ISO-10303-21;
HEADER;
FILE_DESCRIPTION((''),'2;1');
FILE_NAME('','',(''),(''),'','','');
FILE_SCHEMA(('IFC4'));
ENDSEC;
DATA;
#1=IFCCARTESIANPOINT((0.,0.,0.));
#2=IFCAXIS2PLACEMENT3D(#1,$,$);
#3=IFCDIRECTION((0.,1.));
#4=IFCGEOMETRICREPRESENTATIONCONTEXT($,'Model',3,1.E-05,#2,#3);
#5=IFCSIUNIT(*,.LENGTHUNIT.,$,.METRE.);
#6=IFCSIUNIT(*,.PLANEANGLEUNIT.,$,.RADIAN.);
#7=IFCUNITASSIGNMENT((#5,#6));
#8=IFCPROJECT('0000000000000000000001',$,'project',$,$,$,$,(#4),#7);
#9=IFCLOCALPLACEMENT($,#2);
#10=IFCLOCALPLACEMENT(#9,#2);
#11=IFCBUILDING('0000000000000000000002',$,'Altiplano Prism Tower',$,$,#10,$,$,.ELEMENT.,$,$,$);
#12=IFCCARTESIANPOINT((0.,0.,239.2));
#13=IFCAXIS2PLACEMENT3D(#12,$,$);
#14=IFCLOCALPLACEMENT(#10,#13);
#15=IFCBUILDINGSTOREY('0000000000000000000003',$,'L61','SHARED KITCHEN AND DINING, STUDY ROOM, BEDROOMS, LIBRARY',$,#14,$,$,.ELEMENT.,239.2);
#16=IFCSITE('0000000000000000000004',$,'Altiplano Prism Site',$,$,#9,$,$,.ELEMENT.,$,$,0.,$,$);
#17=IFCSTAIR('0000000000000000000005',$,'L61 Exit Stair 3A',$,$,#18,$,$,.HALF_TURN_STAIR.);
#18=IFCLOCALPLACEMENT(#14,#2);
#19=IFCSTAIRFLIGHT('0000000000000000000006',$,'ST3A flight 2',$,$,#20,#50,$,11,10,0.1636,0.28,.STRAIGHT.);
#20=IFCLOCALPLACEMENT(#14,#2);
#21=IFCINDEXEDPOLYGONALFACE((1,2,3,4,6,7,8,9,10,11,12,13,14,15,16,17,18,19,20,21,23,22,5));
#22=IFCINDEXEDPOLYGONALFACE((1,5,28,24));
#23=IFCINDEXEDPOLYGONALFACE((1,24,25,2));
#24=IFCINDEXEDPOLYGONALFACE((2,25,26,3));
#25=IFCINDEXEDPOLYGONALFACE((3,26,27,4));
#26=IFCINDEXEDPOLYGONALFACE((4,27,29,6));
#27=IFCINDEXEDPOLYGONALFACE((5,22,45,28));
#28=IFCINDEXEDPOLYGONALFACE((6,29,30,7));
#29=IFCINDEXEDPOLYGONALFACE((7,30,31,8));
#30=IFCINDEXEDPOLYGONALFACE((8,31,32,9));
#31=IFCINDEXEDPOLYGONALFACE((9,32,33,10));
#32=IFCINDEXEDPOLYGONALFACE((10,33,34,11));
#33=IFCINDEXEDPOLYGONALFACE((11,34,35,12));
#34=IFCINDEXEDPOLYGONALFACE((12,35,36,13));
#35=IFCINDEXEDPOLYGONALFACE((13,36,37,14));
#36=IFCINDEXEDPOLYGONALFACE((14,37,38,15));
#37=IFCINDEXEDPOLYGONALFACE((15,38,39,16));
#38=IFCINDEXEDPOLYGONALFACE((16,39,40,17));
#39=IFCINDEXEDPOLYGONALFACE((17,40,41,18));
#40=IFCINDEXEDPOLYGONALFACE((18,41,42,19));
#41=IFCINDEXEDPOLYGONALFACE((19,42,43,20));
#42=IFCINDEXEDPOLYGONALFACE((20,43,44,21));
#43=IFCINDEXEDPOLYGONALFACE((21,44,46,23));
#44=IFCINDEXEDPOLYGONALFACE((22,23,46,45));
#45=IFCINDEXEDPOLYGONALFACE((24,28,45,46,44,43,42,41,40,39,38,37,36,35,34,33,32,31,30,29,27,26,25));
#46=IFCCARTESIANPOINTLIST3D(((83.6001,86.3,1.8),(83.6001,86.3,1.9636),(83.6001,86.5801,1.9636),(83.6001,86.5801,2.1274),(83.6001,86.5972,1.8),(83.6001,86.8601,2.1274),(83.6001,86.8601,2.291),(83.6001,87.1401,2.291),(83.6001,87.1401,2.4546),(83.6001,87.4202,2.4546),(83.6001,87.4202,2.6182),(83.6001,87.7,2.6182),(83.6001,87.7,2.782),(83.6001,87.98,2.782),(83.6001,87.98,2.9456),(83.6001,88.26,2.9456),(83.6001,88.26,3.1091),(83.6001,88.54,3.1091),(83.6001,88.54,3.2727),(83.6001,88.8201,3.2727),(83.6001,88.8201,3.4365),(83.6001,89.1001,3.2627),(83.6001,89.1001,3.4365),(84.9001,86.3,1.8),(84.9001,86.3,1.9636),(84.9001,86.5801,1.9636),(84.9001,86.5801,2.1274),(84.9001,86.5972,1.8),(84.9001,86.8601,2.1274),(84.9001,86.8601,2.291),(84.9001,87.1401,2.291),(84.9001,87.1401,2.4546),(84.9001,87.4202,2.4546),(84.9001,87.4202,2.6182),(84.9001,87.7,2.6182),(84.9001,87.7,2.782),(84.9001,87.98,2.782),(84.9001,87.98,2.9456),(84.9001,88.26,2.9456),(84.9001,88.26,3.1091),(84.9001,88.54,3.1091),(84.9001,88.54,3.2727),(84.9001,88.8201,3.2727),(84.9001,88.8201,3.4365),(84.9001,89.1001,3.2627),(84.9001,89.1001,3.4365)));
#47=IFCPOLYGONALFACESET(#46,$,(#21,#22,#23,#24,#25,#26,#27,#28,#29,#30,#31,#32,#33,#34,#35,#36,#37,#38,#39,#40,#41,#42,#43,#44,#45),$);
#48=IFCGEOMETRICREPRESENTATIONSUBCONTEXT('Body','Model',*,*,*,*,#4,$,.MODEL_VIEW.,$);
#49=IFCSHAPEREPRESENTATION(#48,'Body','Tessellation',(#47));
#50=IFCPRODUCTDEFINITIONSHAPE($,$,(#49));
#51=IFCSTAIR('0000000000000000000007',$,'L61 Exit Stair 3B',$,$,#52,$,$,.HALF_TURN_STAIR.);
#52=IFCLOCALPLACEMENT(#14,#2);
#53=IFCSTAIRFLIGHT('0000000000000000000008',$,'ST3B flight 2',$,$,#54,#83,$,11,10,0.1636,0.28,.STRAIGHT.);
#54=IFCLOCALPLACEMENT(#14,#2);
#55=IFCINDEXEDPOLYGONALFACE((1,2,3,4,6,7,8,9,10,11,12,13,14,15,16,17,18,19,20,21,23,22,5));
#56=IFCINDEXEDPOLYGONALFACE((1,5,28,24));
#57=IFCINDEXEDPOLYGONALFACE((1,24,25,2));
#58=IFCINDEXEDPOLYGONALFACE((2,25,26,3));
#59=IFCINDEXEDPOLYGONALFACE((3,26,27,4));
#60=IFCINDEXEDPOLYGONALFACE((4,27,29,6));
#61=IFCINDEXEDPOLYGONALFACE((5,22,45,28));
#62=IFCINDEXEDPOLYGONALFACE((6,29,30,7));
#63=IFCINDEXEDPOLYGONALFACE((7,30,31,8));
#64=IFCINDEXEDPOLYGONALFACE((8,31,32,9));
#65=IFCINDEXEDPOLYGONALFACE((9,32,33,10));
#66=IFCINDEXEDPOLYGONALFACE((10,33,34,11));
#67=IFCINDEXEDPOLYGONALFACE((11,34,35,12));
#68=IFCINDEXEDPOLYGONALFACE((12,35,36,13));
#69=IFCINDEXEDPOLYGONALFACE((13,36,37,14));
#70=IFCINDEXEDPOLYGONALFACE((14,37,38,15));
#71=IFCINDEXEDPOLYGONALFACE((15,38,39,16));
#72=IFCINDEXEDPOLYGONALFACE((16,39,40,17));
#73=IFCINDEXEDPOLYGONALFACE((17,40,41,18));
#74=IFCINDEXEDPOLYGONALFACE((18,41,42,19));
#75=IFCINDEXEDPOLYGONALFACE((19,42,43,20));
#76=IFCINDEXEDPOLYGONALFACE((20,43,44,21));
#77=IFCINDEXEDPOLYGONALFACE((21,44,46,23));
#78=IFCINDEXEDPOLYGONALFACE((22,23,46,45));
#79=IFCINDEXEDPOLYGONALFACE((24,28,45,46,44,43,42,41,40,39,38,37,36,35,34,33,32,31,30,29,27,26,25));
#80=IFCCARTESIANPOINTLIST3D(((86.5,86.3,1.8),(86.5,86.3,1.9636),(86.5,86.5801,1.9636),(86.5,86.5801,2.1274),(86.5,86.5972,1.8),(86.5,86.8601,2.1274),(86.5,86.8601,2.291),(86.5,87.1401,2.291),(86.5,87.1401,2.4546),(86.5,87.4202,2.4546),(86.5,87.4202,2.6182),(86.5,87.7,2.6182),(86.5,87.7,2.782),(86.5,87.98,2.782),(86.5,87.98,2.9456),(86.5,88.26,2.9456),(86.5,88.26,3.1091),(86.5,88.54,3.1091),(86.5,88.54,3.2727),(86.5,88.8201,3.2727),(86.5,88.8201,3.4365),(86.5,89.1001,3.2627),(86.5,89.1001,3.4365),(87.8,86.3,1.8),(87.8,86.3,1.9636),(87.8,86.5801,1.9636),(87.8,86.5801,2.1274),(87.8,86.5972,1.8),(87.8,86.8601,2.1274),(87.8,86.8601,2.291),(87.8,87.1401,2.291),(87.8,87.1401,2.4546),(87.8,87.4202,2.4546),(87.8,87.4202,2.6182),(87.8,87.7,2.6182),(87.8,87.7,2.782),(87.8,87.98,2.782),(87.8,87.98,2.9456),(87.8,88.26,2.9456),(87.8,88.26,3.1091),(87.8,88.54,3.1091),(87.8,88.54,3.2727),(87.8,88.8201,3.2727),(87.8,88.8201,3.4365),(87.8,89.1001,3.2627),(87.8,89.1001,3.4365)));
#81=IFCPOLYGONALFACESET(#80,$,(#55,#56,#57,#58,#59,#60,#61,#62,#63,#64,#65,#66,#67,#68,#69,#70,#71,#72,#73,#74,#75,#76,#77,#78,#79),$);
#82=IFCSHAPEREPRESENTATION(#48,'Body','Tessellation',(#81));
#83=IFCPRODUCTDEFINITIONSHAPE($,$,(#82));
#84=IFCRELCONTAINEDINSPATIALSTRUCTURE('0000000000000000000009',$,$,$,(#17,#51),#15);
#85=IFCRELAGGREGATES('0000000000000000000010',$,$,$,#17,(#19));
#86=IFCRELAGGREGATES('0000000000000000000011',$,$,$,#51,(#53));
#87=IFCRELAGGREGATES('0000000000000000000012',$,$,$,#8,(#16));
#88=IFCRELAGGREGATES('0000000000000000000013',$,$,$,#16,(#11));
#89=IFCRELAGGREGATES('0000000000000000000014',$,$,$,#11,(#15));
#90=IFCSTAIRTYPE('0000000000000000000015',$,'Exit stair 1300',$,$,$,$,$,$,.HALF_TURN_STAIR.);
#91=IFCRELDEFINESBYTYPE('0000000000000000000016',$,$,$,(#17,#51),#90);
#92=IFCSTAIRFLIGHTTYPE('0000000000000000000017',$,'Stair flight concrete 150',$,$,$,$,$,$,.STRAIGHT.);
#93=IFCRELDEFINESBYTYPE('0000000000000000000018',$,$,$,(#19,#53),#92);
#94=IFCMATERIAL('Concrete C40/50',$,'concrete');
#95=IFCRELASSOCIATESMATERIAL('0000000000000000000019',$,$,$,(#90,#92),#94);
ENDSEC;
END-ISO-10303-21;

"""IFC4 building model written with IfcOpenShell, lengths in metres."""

from ifc_helpers import new_model, si_unit, direction, frame, origin, place, context, subcontext, project, spatial, polyline, outline, extrude, material, type_object, element, aggregate, save


model = new_model("IFC4")

# Units and contexts
model_context = context("Model", 3, precision=1e-05, world=origin(), true_north=direction((0.0, 1.0)))
body_context = subcontext(model_context, "Body", "Model", "MODEL_VIEW")
ifc_project = project(units=[si_unit("LENGTHUNIT", "METRE"), si_unit("PLANEANGLEUNIT", "RADIAN")], contexts=[model_context])

# Site, building, storey
site_placement = place(None, origin())
site = spatial("IfcSite", under=ifc_project, at=site_placement, Name="Altiplano Prism Site", CompositionType="ELEMENT", RefElevation=0.0)
building_placement = place(site_placement, origin())
building = spatial("IfcBuilding", under=site, at=building_placement, Name="Altiplano Prism Tower", CompositionType="ELEMENT")
storey_placement = place(building_placement, frame((0.0, 0.0, 239.2)))
storey = spatial("IfcBuildingStorey", under=building, at=storey_placement, Name="L61", Description="SHARED KITCHEN AND DINING, STUDY ROOM, BEDROOMS, LIBRARY", CompositionType="ELEMENT", Elevation=239.2)

# Stairs, stair flights
ifc_material_1 = material(Name="Concrete C40/50", Category="concrete")
stair_type = type_object("IfcStairType", Name="Exit stair 1300", PredefinedType="HALF_TURN_STAIR", material=ifc_material_1)
stair_1_placement = place(storey_placement, origin())
stair_1 = element("IfcStair", 1, at=stair_1_placement, inside=storey, type_object=stair_type, Name="L61 Exit Stair 3A", PredefinedType="HALF_TURN_STAIR")
stair_flight_type = type_object("IfcStairFlightType", Name="Stair flight concrete 150", PredefinedType="STRAIGHT", material=ifc_material_1)
stair_flight_1_placement = place(storey_placement, frame((84.25, 86.3, 1.8), z_axis=(0.0, 0.0, 1.0), x_axis=(0.0, 1.0, 0.0)))
stair_flight_1 = element("IfcStairFlight", 2, at=stair_flight_1_placement, type_object=stair_flight_type, Name="ST3A flight 2", NumberOfRisers=11, NumberOfTreads=10, PredefinedType="STRAIGHT", RiserHeight=0.1636, TreadLength=0.28, context=body_context, shape_type="SweptSolid", body=[
    extrude(outline(polyline([(0.0, 0.0), (0.0, 0.1636), (0.28, 0.1636), (0.28, 0.3274), (0.5601, 0.3274), (0.5601, 0.491), (0.8401, 0.491), (0.8401, 0.6545), (1.1201, 0.6545), (1.1201, 0.8181), (1.3999, 0.8181), (1.3999, 0.9819), (1.6799, 0.9819), (1.6799, 1.1455), (1.96, 1.1455), (1.96, 1.3091), (2.24, 1.3091), (2.24, 1.4727), (2.52, 1.4727), (2.52, 1.6365), (2.8, 1.6365), (2.8, 1.8), (2.8, 1.4626), (0.2971, 0.0), (0.0, 0.0)])), frame((0.0, 0.6499, 0.0), z_axis=(0.0, -1.0, 0.0), x_axis=(1.0, 0.0, 0.0)), (0.0, 0.0, 1.0), 1.3),
])
aggregate(stair_1, [stair_flight_1])
stair_2_placement = place(storey_placement, origin())
stair_2 = element("IfcStair", 3, at=stair_2_placement, inside=storey, type_object=stair_type, Name="L61 Exit Stair 3B", PredefinedType="HALF_TURN_STAIR")
stair_flight_2_placement = place(storey_placement, frame((87.1499, 86.3, 1.8), z_axis=(0.0, 0.0, 1.0), x_axis=(0.0, 1.0, 0.0)))
stair_flight_2 = element("IfcStairFlight", 4, at=stair_flight_2_placement, type_object=stair_flight_type, Name="ST3B flight 2", NumberOfRisers=11, NumberOfTreads=10, PredefinedType="STRAIGHT", RiserHeight=0.1636, TreadLength=0.28, context=body_context, shape_type="SweptSolid", body=[
    extrude(outline(polyline([(0.0, 0.0), (0.0, 0.1636), (0.28, 0.1636), (0.28, 0.3274), (0.5601, 0.3274), (0.5601, 0.491), (0.8401, 0.491), (0.8401, 0.6545), (1.1201, 0.6545), (1.1201, 0.8181), (1.3999, 0.8181), (1.3999, 0.9819), (1.6799, 0.9819), (1.6799, 1.1455), (1.96, 1.1455), (1.96, 1.3091), (2.24, 1.3091), (2.24, 1.4727), (2.52, 1.4727), (2.52, 1.6365), (2.8, 1.6365), (2.8, 1.8), (2.8, 1.4626), (0.2971, 0.0), (0.0, 0.0)])), frame((0.0, 0.6499, 0.0), z_axis=(0.0, -1.0, 0.0), x_axis=(1.0, 0.0, 0.0)), (0.0, 0.0, 1.0), 1.3),
])
aggregate(stair_2, [stair_flight_2])

save(model, "model.ifc")
